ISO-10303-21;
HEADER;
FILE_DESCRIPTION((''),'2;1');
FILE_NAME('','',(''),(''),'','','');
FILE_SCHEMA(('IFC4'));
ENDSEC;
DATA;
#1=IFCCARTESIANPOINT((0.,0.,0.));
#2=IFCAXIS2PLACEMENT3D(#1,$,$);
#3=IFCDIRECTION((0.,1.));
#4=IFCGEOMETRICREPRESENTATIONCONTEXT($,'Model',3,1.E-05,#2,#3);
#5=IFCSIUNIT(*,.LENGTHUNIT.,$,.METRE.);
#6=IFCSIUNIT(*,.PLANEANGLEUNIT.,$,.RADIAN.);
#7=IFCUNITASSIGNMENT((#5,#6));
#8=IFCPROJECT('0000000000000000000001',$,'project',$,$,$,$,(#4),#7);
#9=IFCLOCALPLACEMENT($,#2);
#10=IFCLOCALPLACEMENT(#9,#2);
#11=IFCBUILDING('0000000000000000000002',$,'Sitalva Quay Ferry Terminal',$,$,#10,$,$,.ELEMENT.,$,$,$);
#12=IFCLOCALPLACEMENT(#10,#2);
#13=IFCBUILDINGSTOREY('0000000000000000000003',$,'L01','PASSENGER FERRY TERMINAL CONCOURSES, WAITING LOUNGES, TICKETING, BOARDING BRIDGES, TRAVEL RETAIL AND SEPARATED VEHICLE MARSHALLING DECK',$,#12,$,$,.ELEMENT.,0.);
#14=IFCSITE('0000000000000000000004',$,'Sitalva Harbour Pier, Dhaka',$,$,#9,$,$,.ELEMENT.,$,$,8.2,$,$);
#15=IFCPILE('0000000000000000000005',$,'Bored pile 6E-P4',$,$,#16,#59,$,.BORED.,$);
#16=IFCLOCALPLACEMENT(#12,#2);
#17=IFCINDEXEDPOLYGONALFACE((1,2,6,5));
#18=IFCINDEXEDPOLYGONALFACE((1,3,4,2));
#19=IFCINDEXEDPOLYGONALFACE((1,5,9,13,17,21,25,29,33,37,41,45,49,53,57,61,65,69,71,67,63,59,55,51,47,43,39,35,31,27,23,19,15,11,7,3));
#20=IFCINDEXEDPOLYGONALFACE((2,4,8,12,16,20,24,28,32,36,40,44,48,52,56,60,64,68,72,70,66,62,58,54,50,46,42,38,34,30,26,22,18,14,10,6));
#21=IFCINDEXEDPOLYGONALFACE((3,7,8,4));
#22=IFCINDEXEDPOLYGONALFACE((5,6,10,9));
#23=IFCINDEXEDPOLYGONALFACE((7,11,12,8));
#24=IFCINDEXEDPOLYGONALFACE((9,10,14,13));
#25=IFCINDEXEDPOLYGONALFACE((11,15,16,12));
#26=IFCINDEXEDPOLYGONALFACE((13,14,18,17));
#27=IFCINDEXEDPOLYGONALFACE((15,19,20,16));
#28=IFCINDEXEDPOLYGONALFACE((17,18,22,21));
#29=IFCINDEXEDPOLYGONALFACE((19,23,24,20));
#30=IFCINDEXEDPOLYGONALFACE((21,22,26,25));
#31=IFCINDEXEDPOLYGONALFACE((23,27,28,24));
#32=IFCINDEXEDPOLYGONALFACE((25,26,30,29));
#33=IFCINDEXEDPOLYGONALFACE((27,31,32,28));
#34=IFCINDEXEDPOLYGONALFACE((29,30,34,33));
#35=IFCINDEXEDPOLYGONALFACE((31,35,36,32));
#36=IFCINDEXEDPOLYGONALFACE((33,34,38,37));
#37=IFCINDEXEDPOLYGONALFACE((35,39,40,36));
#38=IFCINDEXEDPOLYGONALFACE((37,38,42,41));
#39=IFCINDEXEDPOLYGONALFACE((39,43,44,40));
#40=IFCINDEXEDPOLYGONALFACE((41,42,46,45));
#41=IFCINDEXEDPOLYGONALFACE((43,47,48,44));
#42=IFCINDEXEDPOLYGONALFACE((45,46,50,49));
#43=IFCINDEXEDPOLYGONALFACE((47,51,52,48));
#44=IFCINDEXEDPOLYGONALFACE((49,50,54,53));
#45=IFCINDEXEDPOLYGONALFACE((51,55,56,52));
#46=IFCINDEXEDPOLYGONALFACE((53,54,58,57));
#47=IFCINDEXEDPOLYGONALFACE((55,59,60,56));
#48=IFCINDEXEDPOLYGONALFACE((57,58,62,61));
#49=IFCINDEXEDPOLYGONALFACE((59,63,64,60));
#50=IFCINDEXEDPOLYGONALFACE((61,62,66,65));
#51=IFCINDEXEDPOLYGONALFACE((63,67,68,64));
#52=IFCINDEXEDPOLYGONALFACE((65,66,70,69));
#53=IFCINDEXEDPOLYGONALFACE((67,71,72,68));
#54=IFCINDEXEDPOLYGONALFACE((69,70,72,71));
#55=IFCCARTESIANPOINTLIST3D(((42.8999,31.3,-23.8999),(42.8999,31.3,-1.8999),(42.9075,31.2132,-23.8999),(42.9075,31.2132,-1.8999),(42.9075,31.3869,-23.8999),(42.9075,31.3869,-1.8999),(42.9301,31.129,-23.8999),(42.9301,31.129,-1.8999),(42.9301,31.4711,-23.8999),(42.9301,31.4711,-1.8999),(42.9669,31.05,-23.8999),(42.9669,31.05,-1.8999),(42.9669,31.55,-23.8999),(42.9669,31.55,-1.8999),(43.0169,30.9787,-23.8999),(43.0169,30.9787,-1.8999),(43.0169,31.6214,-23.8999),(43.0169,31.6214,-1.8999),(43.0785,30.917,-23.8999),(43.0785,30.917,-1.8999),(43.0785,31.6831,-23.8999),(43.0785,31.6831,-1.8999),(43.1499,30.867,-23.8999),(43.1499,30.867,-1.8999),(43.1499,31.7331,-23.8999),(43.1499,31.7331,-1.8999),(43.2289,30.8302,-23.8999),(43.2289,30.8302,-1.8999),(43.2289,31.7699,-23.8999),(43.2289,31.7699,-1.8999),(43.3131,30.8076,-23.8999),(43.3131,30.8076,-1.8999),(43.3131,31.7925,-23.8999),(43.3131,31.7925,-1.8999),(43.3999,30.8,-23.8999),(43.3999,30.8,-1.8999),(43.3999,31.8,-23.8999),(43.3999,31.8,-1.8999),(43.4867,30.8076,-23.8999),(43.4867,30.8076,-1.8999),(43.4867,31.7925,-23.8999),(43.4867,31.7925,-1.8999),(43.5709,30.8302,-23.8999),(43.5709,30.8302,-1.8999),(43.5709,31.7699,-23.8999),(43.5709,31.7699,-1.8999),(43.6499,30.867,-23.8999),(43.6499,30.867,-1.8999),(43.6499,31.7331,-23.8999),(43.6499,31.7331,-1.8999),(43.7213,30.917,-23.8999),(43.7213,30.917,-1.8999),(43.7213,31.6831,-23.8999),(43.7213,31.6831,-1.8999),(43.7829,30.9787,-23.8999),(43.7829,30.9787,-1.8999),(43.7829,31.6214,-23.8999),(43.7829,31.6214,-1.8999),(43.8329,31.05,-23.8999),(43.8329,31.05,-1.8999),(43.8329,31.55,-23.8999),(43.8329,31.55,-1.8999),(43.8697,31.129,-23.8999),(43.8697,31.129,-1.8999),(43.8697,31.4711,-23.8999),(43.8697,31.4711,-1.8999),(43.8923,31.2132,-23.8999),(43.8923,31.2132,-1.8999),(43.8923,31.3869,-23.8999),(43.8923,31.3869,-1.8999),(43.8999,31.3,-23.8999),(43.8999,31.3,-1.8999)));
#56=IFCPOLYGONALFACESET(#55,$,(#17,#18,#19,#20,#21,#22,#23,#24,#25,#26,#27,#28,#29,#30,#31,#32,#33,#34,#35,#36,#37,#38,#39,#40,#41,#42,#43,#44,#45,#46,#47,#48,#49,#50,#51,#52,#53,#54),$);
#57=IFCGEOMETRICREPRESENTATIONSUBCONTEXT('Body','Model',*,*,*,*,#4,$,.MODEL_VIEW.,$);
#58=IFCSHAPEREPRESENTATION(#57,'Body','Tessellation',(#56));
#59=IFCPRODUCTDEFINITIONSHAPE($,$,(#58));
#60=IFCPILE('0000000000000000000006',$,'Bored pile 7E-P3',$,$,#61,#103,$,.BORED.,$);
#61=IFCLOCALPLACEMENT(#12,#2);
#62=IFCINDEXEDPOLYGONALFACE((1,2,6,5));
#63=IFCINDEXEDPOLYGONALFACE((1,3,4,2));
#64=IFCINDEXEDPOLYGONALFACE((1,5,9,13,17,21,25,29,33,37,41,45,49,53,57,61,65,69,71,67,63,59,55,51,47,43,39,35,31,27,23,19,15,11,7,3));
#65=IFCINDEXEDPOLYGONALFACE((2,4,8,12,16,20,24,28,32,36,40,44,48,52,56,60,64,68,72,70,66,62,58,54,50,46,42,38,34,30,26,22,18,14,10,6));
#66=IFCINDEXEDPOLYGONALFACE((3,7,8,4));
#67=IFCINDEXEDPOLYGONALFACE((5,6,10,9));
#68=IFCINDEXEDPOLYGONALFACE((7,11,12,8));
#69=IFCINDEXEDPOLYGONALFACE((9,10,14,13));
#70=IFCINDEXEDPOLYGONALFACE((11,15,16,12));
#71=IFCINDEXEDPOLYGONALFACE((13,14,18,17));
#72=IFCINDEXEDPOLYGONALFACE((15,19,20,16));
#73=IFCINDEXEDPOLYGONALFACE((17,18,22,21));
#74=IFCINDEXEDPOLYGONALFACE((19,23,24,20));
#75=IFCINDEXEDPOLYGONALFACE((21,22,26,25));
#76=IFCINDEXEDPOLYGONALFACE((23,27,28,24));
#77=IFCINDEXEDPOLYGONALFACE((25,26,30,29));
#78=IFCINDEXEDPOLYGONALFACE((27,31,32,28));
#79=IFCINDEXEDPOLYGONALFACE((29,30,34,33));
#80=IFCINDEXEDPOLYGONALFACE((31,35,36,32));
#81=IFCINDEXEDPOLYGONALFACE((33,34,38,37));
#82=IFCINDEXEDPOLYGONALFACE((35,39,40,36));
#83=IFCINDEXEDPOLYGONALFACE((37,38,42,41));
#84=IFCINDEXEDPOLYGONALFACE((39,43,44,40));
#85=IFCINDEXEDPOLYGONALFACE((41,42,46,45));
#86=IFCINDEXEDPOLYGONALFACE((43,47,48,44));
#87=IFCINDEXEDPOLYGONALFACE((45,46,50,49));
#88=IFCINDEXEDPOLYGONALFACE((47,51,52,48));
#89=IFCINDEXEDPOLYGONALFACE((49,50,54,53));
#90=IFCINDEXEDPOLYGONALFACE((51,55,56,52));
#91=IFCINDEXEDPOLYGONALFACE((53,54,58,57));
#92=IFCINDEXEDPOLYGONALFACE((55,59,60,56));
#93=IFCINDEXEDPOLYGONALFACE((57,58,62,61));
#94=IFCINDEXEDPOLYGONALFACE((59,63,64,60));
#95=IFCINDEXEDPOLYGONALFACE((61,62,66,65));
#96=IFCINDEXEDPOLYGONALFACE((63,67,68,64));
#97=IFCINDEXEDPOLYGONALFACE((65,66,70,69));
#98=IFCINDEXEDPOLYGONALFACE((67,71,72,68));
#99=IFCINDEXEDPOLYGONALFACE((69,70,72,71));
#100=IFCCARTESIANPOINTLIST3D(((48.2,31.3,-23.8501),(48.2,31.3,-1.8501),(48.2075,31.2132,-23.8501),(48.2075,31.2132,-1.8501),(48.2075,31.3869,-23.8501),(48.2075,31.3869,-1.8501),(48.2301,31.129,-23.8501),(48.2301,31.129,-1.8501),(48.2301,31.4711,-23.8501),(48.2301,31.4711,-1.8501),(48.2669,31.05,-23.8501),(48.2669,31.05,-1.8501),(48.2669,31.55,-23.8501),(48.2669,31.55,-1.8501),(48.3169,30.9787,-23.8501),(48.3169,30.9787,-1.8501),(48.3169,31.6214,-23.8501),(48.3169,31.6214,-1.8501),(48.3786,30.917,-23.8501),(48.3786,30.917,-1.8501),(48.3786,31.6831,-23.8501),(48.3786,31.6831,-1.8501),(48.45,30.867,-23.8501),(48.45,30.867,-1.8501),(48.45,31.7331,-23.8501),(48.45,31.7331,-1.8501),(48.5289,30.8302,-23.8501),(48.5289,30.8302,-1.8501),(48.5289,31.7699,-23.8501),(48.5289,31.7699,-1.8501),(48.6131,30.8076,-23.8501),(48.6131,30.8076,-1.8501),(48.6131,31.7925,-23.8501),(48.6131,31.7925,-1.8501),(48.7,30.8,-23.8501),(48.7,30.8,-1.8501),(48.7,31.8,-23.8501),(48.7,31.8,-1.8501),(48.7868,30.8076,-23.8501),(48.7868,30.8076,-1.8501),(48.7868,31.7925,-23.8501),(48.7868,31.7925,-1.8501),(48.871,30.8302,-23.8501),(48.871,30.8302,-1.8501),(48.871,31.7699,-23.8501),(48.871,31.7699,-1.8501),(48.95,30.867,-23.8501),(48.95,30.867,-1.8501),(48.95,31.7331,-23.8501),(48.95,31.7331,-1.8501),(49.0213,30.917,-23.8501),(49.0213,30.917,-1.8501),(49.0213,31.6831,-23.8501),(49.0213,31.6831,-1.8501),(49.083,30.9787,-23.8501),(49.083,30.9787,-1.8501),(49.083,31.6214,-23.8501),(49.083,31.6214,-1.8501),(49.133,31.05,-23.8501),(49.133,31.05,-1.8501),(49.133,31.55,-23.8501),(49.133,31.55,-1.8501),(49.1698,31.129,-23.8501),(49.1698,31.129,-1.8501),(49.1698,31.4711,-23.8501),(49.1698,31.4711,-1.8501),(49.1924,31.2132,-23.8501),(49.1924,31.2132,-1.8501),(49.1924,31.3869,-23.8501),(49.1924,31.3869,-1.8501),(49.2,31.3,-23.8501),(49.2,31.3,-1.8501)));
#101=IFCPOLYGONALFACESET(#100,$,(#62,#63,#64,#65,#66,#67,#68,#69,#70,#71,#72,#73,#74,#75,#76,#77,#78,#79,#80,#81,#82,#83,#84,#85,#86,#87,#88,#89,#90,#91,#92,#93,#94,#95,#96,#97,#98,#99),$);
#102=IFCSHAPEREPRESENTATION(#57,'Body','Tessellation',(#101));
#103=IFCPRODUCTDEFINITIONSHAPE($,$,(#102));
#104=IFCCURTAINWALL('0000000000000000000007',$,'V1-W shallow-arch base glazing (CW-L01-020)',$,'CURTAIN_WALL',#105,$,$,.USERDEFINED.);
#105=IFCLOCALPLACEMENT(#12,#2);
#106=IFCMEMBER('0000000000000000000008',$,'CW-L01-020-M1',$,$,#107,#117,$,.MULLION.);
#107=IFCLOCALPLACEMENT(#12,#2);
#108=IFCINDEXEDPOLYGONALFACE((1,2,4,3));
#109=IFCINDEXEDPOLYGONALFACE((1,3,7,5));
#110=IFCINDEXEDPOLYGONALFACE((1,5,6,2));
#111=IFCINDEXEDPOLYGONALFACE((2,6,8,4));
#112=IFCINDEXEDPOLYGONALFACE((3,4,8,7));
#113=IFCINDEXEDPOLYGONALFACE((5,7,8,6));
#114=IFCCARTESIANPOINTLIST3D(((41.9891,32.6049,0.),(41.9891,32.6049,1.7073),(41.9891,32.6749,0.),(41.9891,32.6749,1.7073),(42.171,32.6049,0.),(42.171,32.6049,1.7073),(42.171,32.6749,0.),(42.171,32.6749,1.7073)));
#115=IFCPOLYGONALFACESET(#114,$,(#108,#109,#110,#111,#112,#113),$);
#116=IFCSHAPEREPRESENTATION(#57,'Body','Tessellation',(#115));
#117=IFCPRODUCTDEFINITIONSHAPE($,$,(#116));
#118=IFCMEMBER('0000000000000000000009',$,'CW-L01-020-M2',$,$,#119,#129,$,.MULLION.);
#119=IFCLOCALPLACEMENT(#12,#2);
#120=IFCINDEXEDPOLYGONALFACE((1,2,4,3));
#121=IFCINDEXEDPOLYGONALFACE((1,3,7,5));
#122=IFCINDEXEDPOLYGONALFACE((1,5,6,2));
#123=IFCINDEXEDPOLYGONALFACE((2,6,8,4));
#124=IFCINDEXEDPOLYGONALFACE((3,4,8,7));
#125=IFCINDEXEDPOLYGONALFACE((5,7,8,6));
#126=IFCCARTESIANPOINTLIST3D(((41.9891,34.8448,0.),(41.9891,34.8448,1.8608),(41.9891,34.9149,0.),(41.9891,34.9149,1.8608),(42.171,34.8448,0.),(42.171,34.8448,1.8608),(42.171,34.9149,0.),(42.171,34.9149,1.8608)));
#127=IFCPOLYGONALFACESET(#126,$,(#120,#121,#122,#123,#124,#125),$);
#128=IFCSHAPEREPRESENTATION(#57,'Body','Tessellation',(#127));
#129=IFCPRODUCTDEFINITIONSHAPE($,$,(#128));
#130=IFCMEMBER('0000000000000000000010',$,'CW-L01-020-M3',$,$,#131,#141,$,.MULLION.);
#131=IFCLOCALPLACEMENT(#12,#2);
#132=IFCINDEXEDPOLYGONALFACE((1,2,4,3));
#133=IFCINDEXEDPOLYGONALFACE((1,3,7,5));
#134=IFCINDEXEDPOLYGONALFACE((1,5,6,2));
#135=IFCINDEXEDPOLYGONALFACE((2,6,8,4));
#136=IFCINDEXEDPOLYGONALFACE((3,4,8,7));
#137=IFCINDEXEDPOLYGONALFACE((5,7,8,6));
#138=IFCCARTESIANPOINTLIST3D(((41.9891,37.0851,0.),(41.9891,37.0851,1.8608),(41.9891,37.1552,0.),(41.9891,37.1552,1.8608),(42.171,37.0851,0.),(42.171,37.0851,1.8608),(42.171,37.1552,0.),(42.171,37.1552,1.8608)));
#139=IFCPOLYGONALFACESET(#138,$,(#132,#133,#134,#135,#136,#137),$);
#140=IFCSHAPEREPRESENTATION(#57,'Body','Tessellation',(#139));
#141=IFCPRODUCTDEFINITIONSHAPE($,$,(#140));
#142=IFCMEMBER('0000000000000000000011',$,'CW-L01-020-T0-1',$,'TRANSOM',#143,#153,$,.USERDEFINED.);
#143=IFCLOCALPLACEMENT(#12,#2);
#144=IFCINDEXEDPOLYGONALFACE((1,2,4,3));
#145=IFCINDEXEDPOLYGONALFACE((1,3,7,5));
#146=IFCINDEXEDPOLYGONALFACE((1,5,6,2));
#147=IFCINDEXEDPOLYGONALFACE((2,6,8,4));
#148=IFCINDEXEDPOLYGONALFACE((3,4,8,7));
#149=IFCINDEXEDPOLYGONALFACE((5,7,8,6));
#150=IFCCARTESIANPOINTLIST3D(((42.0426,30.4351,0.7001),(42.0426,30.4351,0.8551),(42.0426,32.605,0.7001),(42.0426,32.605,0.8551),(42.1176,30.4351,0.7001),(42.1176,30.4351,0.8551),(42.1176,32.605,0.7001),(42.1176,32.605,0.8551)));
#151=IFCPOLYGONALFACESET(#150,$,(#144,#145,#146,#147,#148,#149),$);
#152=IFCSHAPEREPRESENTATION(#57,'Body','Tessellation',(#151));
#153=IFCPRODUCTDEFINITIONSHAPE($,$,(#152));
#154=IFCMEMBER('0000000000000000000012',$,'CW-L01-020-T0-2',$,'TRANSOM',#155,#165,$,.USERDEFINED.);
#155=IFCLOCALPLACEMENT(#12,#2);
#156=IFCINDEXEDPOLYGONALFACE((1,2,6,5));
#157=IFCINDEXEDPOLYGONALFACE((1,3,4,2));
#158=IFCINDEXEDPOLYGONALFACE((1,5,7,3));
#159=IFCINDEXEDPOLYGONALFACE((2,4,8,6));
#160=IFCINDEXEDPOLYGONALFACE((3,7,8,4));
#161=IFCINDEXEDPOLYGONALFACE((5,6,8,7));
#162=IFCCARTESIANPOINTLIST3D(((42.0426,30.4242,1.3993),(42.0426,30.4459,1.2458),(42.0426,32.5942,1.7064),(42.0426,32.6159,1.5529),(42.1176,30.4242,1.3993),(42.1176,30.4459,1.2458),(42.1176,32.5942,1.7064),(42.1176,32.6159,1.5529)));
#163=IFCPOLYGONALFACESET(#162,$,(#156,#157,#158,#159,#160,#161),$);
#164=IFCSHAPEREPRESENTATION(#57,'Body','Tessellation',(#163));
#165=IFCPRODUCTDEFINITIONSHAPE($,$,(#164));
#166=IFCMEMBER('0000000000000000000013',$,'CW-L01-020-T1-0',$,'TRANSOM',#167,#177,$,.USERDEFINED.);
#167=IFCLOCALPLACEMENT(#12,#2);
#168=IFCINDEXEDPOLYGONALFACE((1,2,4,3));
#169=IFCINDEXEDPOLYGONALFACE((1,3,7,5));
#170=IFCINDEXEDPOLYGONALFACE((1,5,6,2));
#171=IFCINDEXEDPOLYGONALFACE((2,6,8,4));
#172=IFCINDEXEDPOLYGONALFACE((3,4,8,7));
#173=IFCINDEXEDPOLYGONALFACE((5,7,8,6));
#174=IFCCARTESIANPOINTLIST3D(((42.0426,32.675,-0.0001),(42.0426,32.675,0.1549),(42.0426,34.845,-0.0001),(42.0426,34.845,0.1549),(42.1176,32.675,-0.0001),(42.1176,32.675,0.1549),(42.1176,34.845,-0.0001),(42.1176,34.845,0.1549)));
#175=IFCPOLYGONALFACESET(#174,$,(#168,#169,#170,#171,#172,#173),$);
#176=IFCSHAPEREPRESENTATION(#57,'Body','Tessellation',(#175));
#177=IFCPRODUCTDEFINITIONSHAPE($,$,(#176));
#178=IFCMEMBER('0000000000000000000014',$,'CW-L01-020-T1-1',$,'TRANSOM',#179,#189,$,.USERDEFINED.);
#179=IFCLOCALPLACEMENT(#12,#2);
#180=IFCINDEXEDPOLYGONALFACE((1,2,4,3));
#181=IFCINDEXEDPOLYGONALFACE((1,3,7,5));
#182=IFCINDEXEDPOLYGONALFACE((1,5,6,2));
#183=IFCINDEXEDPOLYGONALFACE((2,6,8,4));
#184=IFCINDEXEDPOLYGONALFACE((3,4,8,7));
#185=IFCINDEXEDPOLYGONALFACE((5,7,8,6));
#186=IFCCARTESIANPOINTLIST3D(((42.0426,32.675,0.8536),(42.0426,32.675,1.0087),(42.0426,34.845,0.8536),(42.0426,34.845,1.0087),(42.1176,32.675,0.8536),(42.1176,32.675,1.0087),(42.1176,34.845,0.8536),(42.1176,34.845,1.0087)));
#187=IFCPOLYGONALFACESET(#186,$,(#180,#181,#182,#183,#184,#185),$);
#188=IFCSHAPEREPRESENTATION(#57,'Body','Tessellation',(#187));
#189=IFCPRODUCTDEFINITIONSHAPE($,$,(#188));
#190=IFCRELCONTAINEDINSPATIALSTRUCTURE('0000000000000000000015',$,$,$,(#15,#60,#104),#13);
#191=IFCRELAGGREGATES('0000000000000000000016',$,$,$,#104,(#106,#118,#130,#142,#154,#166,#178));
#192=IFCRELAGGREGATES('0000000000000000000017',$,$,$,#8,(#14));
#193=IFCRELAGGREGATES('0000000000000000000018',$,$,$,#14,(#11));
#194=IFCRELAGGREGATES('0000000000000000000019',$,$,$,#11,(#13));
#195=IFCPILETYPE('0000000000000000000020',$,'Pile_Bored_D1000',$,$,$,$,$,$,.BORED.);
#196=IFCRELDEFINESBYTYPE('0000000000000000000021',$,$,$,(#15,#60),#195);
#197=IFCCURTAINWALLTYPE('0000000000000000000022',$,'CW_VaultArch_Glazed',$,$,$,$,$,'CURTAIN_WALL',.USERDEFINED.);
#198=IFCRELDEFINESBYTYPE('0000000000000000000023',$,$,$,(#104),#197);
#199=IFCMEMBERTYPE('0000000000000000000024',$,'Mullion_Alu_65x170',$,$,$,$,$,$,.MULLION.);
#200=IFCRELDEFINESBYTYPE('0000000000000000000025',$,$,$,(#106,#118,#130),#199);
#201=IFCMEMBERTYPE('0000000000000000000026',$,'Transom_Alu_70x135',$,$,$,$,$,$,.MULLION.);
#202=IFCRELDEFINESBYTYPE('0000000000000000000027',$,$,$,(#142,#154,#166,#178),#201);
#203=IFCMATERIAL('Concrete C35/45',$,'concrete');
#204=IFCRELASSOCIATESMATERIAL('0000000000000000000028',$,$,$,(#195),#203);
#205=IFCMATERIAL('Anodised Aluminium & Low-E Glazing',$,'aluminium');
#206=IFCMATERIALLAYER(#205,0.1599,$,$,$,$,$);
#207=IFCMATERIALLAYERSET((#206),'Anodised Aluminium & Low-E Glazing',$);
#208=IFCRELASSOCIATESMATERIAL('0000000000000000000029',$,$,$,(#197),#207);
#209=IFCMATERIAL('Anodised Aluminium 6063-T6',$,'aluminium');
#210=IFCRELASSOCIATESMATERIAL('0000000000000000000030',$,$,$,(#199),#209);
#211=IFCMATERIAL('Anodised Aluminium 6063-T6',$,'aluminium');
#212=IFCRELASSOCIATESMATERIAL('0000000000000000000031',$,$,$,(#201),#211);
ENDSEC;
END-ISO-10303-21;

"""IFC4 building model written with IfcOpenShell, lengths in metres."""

from ifc_helpers import new_model, si_unit, direction, frame, origin, origin_2d, place, context, subcontext, project, spatial, rectangle, circle, extrude, material, layer, layer_set, material_profile, profile_set, type_object, element, aggregate, save


model = new_model("IFC4")

# Units and contexts
model_context = context("Model", 3, precision=1e-05, world=origin(), true_north=direction((0.0, 1.0)))
body_context = subcontext(model_context, "Body", "Model", "MODEL_VIEW")
ifc_project = project(units=[si_unit("LENGTHUNIT", "METRE"), si_unit("PLANEANGLEUNIT", "RADIAN")], contexts=[model_context])

# Site, building, storey
site_placement = place(None, origin())
site = spatial("IfcSite", under=ifc_project, at=site_placement, Name="Sitalva Harbour Pier, Dhaka", CompositionType="ELEMENT", RefElevation=8.2)
building_placement = place(site_placement, origin())
building = spatial("IfcBuilding", under=site, at=building_placement, Name="Sitalva Quay Ferry Terminal", CompositionType="ELEMENT")
storey_placement = place(building_placement, origin())
storey = spatial("IfcBuildingStorey", under=building, at=storey_placement, Name="L01", Description="PASSENGER FERRY TERMINAL CONCOURSES, WAITING LOUNGES, TICKETING, BOARDING BRIDGES, TRAVEL RETAIL AND SEPARATED VEHICLE MARSHALLING DECK", CompositionType="ELEMENT", Elevation=0.0)

# Piles
ifc_material_1 = material(Name="Concrete C35/45", Category="concrete")
ifc_material_profile_1 = material_profile(ifc_material_1, circle(Radius=0.5, at=origin_2d()), Name="PILE-D1000")
ifc_profile_set_1 = profile_set([ifc_material_profile_1], Name="Concrete C35/45")
pile_type = type_object("IfcPileType", Name="Pile_Bored_D1000", PredefinedType="BORED", material=ifc_profile_set_1)
for number, where, z_axis, x_axis, name in (
    (1, (43.3999, 31.3, -1.8999), (0.0, 0.0, -1.0), (1.0, 0.0, 0.0), "Bored pile 6E-P4"),
    (2, (48.7, 31.3, -1.8501), (0.0, 0.0, -1.0), (1.0, 0.0, 0.0), "Bored pile 7E-P3"),
):
    element("IfcPile", number, at=place(storey_placement, frame(where, z_axis=z_axis, x_axis=x_axis)), inside=storey, type_object=pile_type, Name=name, PredefinedType="BORED", context=body_context, shape_type="SweptSolid", body=[
        extrude(circle(Radius=0.5, at=origin_2d()), origin(), (0.0, 0.0, 1.0), 22.0),
    ])

# Curtain wall, members
ifc_material_2 = material(Name="Anodised Aluminium & Low-E Glazing", Category="aluminium")
ifc_layer_1 = layer(ifc_material_2, 0.1599)
ifc_layer_set_1 = layer_set([ifc_layer_1], Name="Anodised Aluminium & Low-E Glazing")
curtain_wall_type = type_object("IfcCurtainWallType", Name="CW_VaultArch_Glazed", ElementType="CURTAIN_WALL", PredefinedType="USERDEFINED", material=ifc_layer_set_1)
curtain_wall_placement = place(storey_placement, origin())
curtain_wall = element("IfcCurtainWall", 3, at=curtain_wall_placement, inside=storey, type_object=curtain_wall_type, Name="V1-W shallow-arch base glazing (CW-L01-020)", ObjectType="CURTAIN_WALL", PredefinedType="USERDEFINED")
ifc_material_3 = material(Name="Anodised Aluminium 6063-T6", Category="aluminium")
ifc_material_profile_2 = material_profile(ifc_material_3, rectangle(XDim=0.0701, YDim=0.1819, at=origin_2d()), Name="ALU70x182")
ifc_profile_set_2 = profile_set([ifc_material_profile_2], Name="Anodised Aluminium 6063-T6")
member_type_1 = type_object("IfcMemberType", Name="Mullion_Alu_65x170", PredefinedType="MULLION", material=ifc_profile_set_2)
member_1_placement = place(storey_placement, frame((42.0801, 32.6399, 0.0), z_axis=(0.0, 0.0, 1.0), x_axis=(0.0, 1.0, 0.0)))
member_1 = element("IfcMember", 4, at=member_1_placement, type_object=member_type_1, Name="CW-L01-020-M1", PredefinedType="MULLION", context=body_context, shape_type="SweptSolid", body=[
    extrude(rectangle(XDim=0.0701, YDim=0.1819, at=origin_2d()), origin(), (0.0, 0.0, 1.0), 1.7073),
])
member_2_placement = place(storey_placement, frame((42.0801, 34.8799, 0.0), z_axis=(0.0, 0.0, 1.0), x_axis=(0.0, 1.0, 0.0)))
member_2 = element("IfcMember", 5, at=member_2_placement, type_object=member_type_1, Name="CW-L01-020-M2", PredefinedType="MULLION", context=body_context, shape_type="SweptSolid", body=[
    extrude(rectangle(XDim=0.0701, YDim=0.1819, at=origin_2d()), origin(), (0.0, 0.0, 1.0), 1.8608),
])
member_3_placement = place(storey_placement, frame((42.0801, 37.1201, 0.0), z_axis=(0.0, 0.0, 1.0), x_axis=(0.0, 1.0, 0.0)))
member_3 = element("IfcMember", 6, at=member_3_placement, type_object=member_type_1, Name="CW-L01-020-M3", PredefinedType="MULLION", context=body_context, shape_type="SweptSolid", body=[
    extrude(rectangle(XDim=0.0701, YDim=0.1819, at=origin_2d()), origin(), (0.0, 0.0, 1.0), 1.8608),
])
ifc_material_4 = material(Name="Anodised Aluminium 6063-T6", Category="aluminium")
ifc_material_profile_3 = material_profile(ifc_material_4, rectangle(XDim=0.075, YDim=0.155, at=origin_2d()), Name="ALU75x155")
ifc_profile_set_3 = profile_set([ifc_material_profile_3], Name="Anodised Aluminium 6063-T6")
member_type_2 = type_object("IfcMemberType", Name="Transom_Alu_70x135", PredefinedType="MULLION", material=ifc_profile_set_3)
member_4_placement = place(storey_placement, frame((42.0801, 30.4351, 0.7776), z_axis=(0.0, 1.0, 0.0), x_axis=(-1.0, 0.0, 0.0)))
member_4 = element("IfcMember", 7, at=member_4_placement, type_object=member_type_2, Name="CW-L01-020-T0-1", ObjectType="TRANSOM", PredefinedType="USERDEFINED", context=body_context, shape_type="SweptSolid", body=[
    extrude(rectangle(XDim=0.075, YDim=0.155, at=origin_2d()), origin(), (0.0, 0.0, 1.0), 2.1699),
])
member_5_placement = place(storey_placement, frame((42.0801, 30.4351, 1.3225), z_axis=(0.0, 0.990131, 0.140142), x_axis=(-1.0, 0.0, 0.0)))
member_5 = element("IfcMember", 8, at=member_5_placement, type_object=member_type_2, Name="CW-L01-020-T0-2", ObjectType="TRANSOM", PredefinedType="USERDEFINED", context=body_context, shape_type="SweptSolid", body=[
    extrude(rectangle(XDim=0.075, YDim=0.155, at=origin_2d()), origin(), (0.0, 0.0, 1.0), 2.1917),
])
member_6_placement = place(storey_placement, frame((42.0801, 32.675, 0.0774), z_axis=(0.0, 1.0, 0.0), x_axis=(-1.0, 0.0, 0.0)))
member_6 = element("IfcMember", 9, at=member_6_placement, type_object=member_type_2, Name="CW-L01-020-T1-0", ObjectType="TRANSOM", PredefinedType="USERDEFINED", context=body_context, shape_type="SweptSolid", body=[
    extrude(rectangle(XDim=0.075, YDim=0.155, at=origin_2d()), origin(), (0.0, 0.0, 1.0), 2.1699),
])
member_7_placement = place(storey_placement, frame((42.0801, 32.675, 0.9312), z_axis=(0.0, 1.0, 0.0), x_axis=(-1.0, 0.0, 0.0)))
member_7 = element("IfcMember", 10, at=member_7_placement, type_object=member_type_2, Name="CW-L01-020-T1-1", ObjectType="TRANSOM", PredefinedType="USERDEFINED", context=body_context, shape_type="SweptSolid", body=[
    extrude(rectangle(XDim=0.075, YDim=0.155, at=origin_2d()), origin(), (0.0, 0.0, 1.0), 2.1699),
])
aggregate(curtain_wall, [member_1, member_2, member_3, member_4, member_5, member_6, member_7])

save(model, "model.ifc")
